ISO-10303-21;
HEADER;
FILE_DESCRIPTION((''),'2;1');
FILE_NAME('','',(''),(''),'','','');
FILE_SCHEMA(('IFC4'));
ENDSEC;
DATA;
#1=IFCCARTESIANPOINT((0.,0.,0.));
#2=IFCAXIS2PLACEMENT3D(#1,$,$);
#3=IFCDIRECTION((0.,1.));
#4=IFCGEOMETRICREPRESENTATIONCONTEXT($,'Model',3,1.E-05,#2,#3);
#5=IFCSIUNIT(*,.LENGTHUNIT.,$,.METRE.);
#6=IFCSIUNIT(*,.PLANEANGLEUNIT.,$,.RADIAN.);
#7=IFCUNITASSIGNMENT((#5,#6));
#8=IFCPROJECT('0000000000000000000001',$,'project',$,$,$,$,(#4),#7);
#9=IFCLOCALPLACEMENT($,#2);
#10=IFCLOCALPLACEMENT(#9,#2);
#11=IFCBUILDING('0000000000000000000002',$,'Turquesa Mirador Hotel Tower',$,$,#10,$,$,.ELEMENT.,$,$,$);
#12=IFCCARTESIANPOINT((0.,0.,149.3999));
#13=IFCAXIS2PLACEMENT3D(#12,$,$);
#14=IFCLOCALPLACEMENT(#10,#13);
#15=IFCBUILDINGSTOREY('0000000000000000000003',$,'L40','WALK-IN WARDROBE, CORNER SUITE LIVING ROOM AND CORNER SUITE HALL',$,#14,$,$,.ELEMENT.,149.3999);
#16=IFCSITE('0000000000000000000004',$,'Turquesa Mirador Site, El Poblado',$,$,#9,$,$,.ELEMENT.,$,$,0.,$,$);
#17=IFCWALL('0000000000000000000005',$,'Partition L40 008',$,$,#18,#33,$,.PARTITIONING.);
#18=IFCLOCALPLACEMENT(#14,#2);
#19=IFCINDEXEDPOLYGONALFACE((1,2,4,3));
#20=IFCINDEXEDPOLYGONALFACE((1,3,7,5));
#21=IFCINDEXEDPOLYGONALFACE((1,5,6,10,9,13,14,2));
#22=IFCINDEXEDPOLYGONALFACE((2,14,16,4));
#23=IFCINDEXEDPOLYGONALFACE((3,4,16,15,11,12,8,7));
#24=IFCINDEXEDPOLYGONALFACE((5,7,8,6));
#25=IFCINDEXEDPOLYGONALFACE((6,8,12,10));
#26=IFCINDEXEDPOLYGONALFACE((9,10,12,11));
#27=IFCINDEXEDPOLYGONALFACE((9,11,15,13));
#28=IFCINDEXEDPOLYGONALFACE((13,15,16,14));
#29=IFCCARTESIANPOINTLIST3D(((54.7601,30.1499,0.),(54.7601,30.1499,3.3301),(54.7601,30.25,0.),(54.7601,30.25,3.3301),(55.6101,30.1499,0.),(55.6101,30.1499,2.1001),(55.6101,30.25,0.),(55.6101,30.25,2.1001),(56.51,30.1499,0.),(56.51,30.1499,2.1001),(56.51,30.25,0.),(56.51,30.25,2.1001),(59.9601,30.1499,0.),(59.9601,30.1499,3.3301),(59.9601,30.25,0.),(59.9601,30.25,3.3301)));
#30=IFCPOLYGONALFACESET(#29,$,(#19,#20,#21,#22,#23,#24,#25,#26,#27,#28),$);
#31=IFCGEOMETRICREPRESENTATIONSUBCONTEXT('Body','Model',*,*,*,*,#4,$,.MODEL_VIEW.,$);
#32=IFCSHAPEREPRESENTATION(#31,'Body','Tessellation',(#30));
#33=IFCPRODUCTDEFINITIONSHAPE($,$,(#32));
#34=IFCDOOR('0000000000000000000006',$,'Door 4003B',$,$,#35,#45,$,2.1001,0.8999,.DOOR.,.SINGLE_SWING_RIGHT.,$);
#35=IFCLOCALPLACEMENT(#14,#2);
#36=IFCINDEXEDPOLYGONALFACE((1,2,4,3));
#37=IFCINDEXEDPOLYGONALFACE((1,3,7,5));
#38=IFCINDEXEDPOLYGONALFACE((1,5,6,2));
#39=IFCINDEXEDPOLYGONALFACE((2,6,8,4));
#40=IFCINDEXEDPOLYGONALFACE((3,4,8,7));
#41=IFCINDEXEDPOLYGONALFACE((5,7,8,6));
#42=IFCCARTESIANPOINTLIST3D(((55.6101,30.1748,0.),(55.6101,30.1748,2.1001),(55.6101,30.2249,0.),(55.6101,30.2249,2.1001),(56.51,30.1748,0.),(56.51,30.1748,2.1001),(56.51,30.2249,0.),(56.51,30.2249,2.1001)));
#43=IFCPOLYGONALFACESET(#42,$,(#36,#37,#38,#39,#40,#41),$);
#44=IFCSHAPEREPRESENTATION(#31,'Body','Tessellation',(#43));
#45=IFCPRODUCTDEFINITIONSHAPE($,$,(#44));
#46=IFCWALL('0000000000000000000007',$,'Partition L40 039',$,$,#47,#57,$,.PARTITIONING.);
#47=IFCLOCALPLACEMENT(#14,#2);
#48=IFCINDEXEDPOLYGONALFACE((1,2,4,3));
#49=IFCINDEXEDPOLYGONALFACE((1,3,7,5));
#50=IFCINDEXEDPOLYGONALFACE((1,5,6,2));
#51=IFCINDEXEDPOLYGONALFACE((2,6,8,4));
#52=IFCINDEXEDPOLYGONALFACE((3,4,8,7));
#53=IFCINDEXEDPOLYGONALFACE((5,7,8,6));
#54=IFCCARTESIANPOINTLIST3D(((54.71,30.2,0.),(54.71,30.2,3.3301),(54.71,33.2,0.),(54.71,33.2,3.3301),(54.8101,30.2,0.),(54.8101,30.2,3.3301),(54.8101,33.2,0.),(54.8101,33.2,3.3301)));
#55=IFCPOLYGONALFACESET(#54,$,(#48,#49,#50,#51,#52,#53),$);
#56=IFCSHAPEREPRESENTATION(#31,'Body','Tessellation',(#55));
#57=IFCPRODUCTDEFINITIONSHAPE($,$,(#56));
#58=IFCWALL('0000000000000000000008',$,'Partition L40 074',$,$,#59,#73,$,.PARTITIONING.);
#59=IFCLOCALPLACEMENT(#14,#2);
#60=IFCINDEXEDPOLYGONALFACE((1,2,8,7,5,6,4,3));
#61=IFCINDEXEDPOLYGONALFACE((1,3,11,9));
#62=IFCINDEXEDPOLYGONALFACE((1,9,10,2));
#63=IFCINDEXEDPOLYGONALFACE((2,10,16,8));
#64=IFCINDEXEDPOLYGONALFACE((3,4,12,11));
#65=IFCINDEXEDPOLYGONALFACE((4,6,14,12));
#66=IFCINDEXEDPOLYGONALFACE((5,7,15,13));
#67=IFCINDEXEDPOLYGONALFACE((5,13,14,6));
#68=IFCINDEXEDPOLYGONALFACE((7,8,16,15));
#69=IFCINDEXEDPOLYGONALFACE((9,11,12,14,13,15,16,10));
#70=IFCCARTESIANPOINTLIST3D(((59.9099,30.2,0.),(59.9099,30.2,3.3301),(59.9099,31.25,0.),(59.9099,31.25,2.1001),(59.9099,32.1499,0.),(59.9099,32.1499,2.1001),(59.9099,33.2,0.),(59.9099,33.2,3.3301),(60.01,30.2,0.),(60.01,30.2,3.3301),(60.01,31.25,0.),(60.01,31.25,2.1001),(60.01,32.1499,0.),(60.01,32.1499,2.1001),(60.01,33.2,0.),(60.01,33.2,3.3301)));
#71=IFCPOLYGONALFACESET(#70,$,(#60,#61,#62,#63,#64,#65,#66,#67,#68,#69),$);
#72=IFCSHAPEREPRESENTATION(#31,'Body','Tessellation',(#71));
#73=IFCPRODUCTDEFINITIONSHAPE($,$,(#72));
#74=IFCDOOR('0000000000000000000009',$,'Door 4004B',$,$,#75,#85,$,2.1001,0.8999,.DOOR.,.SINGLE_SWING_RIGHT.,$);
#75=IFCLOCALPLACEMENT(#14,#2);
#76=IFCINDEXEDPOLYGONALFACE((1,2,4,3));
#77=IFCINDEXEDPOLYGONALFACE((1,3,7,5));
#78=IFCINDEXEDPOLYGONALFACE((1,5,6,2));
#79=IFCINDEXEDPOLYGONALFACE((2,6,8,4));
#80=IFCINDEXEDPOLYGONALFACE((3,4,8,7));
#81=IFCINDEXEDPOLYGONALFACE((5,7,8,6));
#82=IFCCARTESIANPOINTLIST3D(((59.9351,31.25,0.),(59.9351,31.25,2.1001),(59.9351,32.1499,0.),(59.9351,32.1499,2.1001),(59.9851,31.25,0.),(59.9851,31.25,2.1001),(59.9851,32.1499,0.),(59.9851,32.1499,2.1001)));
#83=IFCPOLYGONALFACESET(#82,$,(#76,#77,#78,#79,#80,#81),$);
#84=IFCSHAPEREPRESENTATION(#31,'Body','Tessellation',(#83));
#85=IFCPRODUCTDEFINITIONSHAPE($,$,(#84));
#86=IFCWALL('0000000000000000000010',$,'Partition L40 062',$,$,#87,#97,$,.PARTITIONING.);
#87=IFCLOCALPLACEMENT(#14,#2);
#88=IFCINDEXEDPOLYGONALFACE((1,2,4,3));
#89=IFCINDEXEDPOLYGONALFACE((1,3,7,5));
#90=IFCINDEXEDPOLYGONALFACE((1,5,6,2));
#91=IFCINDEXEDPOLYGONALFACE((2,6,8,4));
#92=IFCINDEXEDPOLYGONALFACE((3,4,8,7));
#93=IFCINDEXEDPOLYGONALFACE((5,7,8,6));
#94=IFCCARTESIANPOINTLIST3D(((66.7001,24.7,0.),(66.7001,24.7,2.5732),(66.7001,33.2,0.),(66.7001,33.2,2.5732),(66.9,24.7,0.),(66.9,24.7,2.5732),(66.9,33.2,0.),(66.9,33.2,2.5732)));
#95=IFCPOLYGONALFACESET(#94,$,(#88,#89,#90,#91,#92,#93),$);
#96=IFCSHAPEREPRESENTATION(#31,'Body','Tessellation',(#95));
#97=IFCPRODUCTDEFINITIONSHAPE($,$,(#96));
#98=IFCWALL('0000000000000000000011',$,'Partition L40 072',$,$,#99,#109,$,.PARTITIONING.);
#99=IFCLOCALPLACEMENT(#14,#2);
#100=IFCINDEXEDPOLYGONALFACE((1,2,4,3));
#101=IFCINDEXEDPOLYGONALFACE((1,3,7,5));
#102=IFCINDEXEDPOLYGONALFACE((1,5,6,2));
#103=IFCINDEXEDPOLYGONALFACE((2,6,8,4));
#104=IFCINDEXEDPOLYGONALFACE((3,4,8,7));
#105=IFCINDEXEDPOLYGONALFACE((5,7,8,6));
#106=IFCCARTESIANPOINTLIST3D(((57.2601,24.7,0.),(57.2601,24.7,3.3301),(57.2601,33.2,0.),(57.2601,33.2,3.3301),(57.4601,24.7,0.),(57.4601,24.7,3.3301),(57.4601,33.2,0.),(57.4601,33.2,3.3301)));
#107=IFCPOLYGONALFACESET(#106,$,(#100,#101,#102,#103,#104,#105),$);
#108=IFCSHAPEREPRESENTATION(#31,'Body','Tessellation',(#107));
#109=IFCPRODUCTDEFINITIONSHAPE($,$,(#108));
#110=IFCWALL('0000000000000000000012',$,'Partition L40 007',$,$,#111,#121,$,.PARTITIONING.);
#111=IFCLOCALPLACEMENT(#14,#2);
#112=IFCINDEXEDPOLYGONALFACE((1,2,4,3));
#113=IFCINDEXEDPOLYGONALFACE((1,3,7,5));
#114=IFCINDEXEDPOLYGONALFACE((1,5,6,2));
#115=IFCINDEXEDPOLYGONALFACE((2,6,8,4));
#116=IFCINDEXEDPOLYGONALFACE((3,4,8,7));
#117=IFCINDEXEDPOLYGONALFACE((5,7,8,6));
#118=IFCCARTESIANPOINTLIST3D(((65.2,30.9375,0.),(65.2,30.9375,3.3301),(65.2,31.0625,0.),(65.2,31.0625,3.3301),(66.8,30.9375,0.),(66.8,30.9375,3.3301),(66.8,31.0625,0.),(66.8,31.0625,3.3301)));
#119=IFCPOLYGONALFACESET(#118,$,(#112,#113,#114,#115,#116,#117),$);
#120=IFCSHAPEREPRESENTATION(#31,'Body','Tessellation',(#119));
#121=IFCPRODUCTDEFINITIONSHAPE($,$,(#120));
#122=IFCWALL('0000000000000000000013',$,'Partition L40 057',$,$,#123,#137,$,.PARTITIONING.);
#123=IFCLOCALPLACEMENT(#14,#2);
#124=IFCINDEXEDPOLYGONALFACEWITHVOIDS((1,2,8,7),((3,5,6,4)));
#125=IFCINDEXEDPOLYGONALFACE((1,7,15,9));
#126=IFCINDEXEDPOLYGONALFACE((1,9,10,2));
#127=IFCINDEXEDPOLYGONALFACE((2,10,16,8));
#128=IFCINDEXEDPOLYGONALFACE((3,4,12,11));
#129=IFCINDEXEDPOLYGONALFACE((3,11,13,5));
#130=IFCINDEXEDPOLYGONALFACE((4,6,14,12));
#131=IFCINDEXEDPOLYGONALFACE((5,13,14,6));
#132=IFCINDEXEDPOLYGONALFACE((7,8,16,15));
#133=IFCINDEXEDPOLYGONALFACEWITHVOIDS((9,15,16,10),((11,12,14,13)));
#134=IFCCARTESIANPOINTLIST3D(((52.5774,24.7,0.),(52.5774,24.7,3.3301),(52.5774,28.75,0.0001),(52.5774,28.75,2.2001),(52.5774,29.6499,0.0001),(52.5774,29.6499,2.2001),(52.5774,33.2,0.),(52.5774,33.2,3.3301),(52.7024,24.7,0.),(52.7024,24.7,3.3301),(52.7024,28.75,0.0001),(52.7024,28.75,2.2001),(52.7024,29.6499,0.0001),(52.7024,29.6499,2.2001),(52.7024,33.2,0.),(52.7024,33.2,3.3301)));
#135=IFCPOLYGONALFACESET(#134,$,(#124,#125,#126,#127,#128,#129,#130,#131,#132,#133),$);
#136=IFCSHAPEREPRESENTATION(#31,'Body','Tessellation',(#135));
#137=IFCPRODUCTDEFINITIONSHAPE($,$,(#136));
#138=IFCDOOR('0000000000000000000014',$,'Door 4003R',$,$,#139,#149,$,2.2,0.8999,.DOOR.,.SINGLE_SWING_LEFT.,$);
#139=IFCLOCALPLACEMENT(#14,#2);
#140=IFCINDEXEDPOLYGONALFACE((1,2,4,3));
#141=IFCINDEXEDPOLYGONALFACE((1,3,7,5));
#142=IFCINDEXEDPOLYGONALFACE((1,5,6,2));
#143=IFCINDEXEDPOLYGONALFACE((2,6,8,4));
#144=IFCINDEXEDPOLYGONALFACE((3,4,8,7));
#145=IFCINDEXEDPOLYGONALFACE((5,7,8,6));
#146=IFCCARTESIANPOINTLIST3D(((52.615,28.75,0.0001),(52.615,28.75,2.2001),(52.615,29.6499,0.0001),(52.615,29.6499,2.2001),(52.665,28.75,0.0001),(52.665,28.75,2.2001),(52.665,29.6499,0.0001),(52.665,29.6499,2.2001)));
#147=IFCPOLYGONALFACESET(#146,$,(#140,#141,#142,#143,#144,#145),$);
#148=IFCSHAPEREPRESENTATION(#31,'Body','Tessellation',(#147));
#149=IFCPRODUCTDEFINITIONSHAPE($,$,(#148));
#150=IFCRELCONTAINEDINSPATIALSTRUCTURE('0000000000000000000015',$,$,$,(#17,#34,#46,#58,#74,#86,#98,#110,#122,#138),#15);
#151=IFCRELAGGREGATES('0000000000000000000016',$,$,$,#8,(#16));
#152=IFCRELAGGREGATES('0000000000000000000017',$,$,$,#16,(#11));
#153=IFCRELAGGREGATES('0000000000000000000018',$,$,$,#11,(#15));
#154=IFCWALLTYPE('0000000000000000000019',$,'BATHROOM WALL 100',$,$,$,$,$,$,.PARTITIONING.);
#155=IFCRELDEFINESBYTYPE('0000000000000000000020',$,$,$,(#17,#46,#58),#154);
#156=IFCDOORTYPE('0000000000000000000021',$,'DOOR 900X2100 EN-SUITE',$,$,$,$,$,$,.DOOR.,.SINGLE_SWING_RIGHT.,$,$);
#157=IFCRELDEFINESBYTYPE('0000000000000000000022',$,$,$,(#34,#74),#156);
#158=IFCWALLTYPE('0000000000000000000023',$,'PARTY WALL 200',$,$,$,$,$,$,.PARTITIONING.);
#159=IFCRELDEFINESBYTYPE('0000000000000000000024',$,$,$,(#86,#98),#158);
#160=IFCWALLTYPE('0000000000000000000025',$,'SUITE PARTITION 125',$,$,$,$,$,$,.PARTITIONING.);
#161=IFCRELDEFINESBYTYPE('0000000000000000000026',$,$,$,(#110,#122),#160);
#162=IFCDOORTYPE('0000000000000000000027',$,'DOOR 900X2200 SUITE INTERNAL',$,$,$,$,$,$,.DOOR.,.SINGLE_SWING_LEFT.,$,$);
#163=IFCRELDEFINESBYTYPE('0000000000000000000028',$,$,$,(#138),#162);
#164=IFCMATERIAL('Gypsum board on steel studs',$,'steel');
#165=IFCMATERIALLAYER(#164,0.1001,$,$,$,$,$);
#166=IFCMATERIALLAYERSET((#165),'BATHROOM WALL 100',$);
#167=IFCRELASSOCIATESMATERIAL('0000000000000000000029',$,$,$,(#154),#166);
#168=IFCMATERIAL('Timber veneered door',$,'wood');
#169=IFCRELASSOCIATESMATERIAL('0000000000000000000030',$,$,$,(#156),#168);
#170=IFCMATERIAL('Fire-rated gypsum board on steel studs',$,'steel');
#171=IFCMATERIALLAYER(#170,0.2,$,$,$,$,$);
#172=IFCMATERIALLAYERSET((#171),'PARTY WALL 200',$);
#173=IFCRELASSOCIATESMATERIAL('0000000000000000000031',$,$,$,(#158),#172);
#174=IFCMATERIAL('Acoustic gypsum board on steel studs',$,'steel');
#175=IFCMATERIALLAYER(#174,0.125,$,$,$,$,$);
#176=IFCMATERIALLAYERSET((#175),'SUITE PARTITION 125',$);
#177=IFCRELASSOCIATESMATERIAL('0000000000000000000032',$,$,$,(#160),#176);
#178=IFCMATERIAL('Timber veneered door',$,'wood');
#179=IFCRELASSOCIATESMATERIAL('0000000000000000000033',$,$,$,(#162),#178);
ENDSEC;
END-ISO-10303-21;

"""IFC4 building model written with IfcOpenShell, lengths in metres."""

from ifc_helpers import new_model, si_unit, direction, frame, frame_2d, origin, place, context, subcontext, project, spatial, rectangle, extrude, material, layer, layer_set, type_object, element, fill, save


model = new_model("IFC4")

# Units and contexts
model_context = context("Model", 3, precision=1e-05, world=origin(), true_north=direction((0.0, 1.0)))
body_context = subcontext(model_context, "Body", "Model", "MODEL_VIEW")
ifc_project = project(units=[si_unit("LENGTHUNIT", "METRE"), si_unit("PLANEANGLEUNIT", "RADIAN")], contexts=[model_context])

# Site, building, storey
site_placement = place(None, origin())
site = spatial("IfcSite", under=ifc_project, at=site_placement, Name="Turquesa Mirador Site, El Poblado", CompositionType="ELEMENT", RefElevation=0.0)
building_placement = place(site_placement, origin())
building = spatial("IfcBuilding", under=site, at=building_placement, Name="Turquesa Mirador Hotel Tower", CompositionType="ELEMENT")
storey_placement = place(building_placement, frame((0.0, 0.0, 149.3999)))
storey = spatial("IfcBuildingStorey", under=building, at=storey_placement, Name="L40", Description="WALK-IN WARDROBE, CORNER SUITE LIVING ROOM AND CORNER SUITE HALL", CompositionType="ELEMENT", Elevation=149.3999)

# Wall, opening, door
ifc_material_1 = material(Name="Gypsum board on steel studs", Category="steel")
ifc_layer_1 = layer(ifc_material_1, 0.1001)
ifc_layer_set_1 = layer_set([ifc_layer_1], Name="BATHROOM WALL 100")
wall_type_1 = type_object("IfcWallType", Name="BATHROOM WALL 100", PredefinedType="PARTITIONING", material=ifc_layer_set_1)
wall_1_placement = place(storey_placement, frame((54.76, 30.2, 0.0), z_axis=(0.0, 0.0, 1.0), x_axis=(1.0, 0.0, 0.0)))
wall_1 = element("IfcWall", 1, at=wall_1_placement, inside=storey, type_object=wall_type_1, Name="Partition L40 008", PredefinedType="PARTITIONING", context=body_context, shape_type="SweptSolid", body=[
    extrude(rectangle(XDim=5.2, YDim=0.1001, at=frame_2d((2.6001, 0.0))), origin(), (0.0, 0.0, 1.0), 3.3301),
])
opening_1_placement = place(wall_1_placement, frame((0.8501, 0.0, 0.0)))
opening_1 = element("IfcOpeningElement", 2, at=opening_1_placement, cuts=wall_1, PredefinedType="OPENING", context=body_context, shape_type="SweptSolid", body=[
    extrude(rectangle(XDim=0.8999, YDim=2.1001, at=frame_2d((0.45, 1.05))), frame((0.0, 0.0601, 0.0), z_axis=(0.0, -1.0, 0.0), x_axis=(1.0, 0.0, 0.0)), (0.0, 0.0, 1.0), 0.1201),
])
ifc_material_2 = material(Name="Timber veneered door", Category="wood")
door_type_1 = type_object("IfcDoorType", Name="DOOR 900X2100 EN-SUITE", OperationType="SINGLE_SWING_RIGHT", PredefinedType="DOOR", material=ifc_material_2)
door_1_placement = place(opening_1_placement, origin())
door_1 = element("IfcDoor", 3, at=door_1_placement, inside=storey, type_object=door_type_1, Name="Door 4003B", OperationType="SINGLE_SWING_RIGHT", OverallHeight=2.1001, OverallWidth=0.8999, PredefinedType="DOOR", context=body_context, shape_type="SweptSolid", body=[
    extrude(rectangle(XDim=0.8999, YDim=2.1001, at=frame_2d((0.45, 1.05))), frame((0.0, 0.0249, 0.0), z_axis=(0.0, -1.0, 0.0), x_axis=(1.0, 0.0, 0.0)), (0.0, 0.0, 1.0), 0.05),
])
fill(opening_1, door_1)

# Wall
wall_2_placement = place(storey_placement, frame((54.76, 30.2, 0.0), z_axis=(0.0, 0.0, 1.0), x_axis=(0.0, 1.0, 0.0)))
element("IfcWall", 4, at=wall_2_placement, inside=storey, type_object=wall_type_1, Name="Partition L40 039", PredefinedType="PARTITIONING", context=body_context, shape_type="SweptSolid", body=[
    extrude(rectangle(XDim=3.0, YDim=0.1001, at=frame_2d((1.5, 0.0))), origin(), (0.0, 0.0, 1.0), 3.3301),
])

# Wall, opening, door
wall_3_placement = place(storey_placement, frame((59.96, 30.2, 0.0), z_axis=(0.0, 0.0, 1.0), x_axis=(0.0, 1.0, 0.0)))
wall_3 = element("IfcWall", 5, at=wall_3_placement, inside=storey, type_object=wall_type_1, Name="Partition L40 074", PredefinedType="PARTITIONING", context=body_context, shape_type="SweptSolid", body=[
    extrude(rectangle(XDim=3.0, YDim=0.1001, at=frame_2d((1.5, 0.0))), origin(), (0.0, 0.0, 1.0), 3.3301),
])
opening_2_placement = place(wall_3_placement, frame((1.05, 0.0, 0.0)))
opening_2 = element("IfcOpeningElement", 6, at=opening_2_placement, cuts=wall_3, PredefinedType="OPENING", context=body_context, shape_type="SweptSolid", body=[
    extrude(rectangle(XDim=0.8999, YDim=2.1001, at=frame_2d((0.45, 1.05))), frame((0.0, 0.0601, 0.0), z_axis=(0.0, -1.0, 0.0), x_axis=(1.0, 0.0, 0.0)), (0.0, 0.0, 1.0), 0.1201),
])
door_2_placement = place(opening_2_placement, origin())
door_2 = element("IfcDoor", 7, at=door_2_placement, inside=storey, type_object=door_type_1, Name="Door 4004B", OperationType="SINGLE_SWING_RIGHT", OverallHeight=2.1001, OverallWidth=0.8999, PredefinedType="DOOR", context=body_context, shape_type="SweptSolid", body=[
    extrude(rectangle(XDim=0.8999, YDim=2.1001, at=frame_2d((0.45, 1.05))), frame((0.0, 0.0249, 0.0), z_axis=(0.0, -1.0, 0.0), x_axis=(1.0, 0.0, 0.0)), (0.0, 0.0, 1.0), 0.05),
])
fill(opening_2, door_2)

# Walls
ifc_material_3 = material(Name="Fire-rated gypsum board on steel studs", Category="steel")
ifc_layer_2 = layer(ifc_material_3, 0.2)
ifc_layer_set_2 = layer_set([ifc_layer_2], Name="PARTY WALL 200")
wall_type_2 = type_object("IfcWallType", Name="PARTY WALL 200", PredefinedType="PARTITIONING", material=ifc_layer_set_2)
wall_4_placement = place(storey_placement, frame((66.8, 24.7, 0.0), z_axis=(0.0, 0.0, 1.0), x_axis=(0.0, 1.0, 0.0)))
element("IfcWall", 8, at=wall_4_placement, inside=storey, type_object=wall_type_2, Name="Partition L40 062", PredefinedType="PARTITIONING", context=body_context, shape_type="SweptSolid", body=[
    extrude(rectangle(XDim=8.5, YDim=0.2, at=frame_2d((4.25, 0.0))), origin(), (0.0, 0.0, 1.0), 2.5732),
])
wall_5_placement = place(storey_placement, frame((57.3601, 24.7, 0.0), z_axis=(0.0, 0.0, 1.0), x_axis=(0.0, 1.0, 0.0)))
element("IfcWall", 9, at=wall_5_placement, inside=storey, type_object=wall_type_2, Name="Partition L40 072", PredefinedType="PARTITIONING", context=body_context, shape_type="SweptSolid", body=[
    extrude(rectangle(XDim=8.5, YDim=0.2, at=frame_2d((4.25, 0.0))), origin(), (0.0, 0.0, 1.0), 3.3301),
])
ifc_material_4 = material(Name="Acoustic gypsum board on steel studs", Category="steel")
ifc_layer_3 = layer(ifc_material_4, 0.125)
ifc_layer_set_3 = layer_set([ifc_layer_3], Name="SUITE PARTITION 125")
wall_type_3 = type_object("IfcWallType", Name="SUITE PARTITION 125", PredefinedType="PARTITIONING", material=ifc_layer_set_3)
wall_6_placement = place(storey_placement, frame((65.2, 31.0, 0.0), z_axis=(0.0, 0.0, 1.0), x_axis=(1.0, 0.0, 0.0)))
element("IfcWall", 10, at=wall_6_placement, inside=storey, type_object=wall_type_3, Name="Partition L40 007", PredefinedType="PARTITIONING", context=body_context, shape_type="SweptSolid", body=[
    extrude(rectangle(XDim=1.6001, YDim=0.125, at=frame_2d((0.8, 0.0))), origin(), (0.0, 0.0, 1.0), 3.3301),
])

# Wall, opening, door
wall_7_placement = place(storey_placement, frame((52.6399, 24.7, 0.0), z_axis=(0.0, 0.0, 1.0), x_axis=(0.0, 1.0, 0.0)))
wall_7 = element("IfcWall", 11, at=wall_7_placement, inside=storey, type_object=wall_type_3, Name="Partition L40 057", PredefinedType="PARTITIONING", context=body_context, shape_type="SweptSolid", body=[
    extrude(rectangle(XDim=8.5, YDim=0.125, at=frame_2d((4.25, 0.0))), origin(), (0.0, 0.0, 1.0), 3.3301),
])
opening_3_placement = place(wall_7_placement, frame((4.05, 0.0, 0.0)))
opening_3 = element("IfcOpeningElement", 12, at=opening_3_placement, cuts=wall_7, PredefinedType="OPENING", context=body_context, shape_type="SweptSolid", body=[
    extrude(rectangle(XDim=0.8999, YDim=2.2, at=frame_2d((0.45, 1.1001))), frame((0.0, 0.0725, 0.0), z_axis=(0.0, -1.0, 0.0), x_axis=(1.0, 0.0, 0.0)), (0.0, 0.0, 1.0), 0.145),
])
ifc_material_5 = material(Name="Timber veneered door", Category="wood")
door_type_2 = type_object("IfcDoorType", Name="DOOR 900X2200 SUITE INTERNAL", OperationType="SINGLE_SWING_LEFT", PredefinedType="DOOR", material=ifc_material_5)
door_3_placement = place(opening_3_placement, origin())
door_3 = element("IfcDoor", 13, at=door_3_placement, inside=storey, type_object=door_type_2, Name="Door 4003R", OperationType="SINGLE_SWING_LEFT", OverallHeight=2.2, OverallWidth=0.8999, PredefinedType="DOOR", context=body_context, shape_type="SweptSolid", body=[
    extrude(rectangle(XDim=0.8999, YDim=2.2, at=frame_2d((0.45, 1.1001))), frame((0.0, 0.0249, 0.0), z_axis=(0.0, -1.0, 0.0), x_axis=(1.0, 0.0, 0.0)), (0.0, 0.0, 1.0), 0.05),
])
fill(opening_3, door_3)

save(model, "model.ifc")
